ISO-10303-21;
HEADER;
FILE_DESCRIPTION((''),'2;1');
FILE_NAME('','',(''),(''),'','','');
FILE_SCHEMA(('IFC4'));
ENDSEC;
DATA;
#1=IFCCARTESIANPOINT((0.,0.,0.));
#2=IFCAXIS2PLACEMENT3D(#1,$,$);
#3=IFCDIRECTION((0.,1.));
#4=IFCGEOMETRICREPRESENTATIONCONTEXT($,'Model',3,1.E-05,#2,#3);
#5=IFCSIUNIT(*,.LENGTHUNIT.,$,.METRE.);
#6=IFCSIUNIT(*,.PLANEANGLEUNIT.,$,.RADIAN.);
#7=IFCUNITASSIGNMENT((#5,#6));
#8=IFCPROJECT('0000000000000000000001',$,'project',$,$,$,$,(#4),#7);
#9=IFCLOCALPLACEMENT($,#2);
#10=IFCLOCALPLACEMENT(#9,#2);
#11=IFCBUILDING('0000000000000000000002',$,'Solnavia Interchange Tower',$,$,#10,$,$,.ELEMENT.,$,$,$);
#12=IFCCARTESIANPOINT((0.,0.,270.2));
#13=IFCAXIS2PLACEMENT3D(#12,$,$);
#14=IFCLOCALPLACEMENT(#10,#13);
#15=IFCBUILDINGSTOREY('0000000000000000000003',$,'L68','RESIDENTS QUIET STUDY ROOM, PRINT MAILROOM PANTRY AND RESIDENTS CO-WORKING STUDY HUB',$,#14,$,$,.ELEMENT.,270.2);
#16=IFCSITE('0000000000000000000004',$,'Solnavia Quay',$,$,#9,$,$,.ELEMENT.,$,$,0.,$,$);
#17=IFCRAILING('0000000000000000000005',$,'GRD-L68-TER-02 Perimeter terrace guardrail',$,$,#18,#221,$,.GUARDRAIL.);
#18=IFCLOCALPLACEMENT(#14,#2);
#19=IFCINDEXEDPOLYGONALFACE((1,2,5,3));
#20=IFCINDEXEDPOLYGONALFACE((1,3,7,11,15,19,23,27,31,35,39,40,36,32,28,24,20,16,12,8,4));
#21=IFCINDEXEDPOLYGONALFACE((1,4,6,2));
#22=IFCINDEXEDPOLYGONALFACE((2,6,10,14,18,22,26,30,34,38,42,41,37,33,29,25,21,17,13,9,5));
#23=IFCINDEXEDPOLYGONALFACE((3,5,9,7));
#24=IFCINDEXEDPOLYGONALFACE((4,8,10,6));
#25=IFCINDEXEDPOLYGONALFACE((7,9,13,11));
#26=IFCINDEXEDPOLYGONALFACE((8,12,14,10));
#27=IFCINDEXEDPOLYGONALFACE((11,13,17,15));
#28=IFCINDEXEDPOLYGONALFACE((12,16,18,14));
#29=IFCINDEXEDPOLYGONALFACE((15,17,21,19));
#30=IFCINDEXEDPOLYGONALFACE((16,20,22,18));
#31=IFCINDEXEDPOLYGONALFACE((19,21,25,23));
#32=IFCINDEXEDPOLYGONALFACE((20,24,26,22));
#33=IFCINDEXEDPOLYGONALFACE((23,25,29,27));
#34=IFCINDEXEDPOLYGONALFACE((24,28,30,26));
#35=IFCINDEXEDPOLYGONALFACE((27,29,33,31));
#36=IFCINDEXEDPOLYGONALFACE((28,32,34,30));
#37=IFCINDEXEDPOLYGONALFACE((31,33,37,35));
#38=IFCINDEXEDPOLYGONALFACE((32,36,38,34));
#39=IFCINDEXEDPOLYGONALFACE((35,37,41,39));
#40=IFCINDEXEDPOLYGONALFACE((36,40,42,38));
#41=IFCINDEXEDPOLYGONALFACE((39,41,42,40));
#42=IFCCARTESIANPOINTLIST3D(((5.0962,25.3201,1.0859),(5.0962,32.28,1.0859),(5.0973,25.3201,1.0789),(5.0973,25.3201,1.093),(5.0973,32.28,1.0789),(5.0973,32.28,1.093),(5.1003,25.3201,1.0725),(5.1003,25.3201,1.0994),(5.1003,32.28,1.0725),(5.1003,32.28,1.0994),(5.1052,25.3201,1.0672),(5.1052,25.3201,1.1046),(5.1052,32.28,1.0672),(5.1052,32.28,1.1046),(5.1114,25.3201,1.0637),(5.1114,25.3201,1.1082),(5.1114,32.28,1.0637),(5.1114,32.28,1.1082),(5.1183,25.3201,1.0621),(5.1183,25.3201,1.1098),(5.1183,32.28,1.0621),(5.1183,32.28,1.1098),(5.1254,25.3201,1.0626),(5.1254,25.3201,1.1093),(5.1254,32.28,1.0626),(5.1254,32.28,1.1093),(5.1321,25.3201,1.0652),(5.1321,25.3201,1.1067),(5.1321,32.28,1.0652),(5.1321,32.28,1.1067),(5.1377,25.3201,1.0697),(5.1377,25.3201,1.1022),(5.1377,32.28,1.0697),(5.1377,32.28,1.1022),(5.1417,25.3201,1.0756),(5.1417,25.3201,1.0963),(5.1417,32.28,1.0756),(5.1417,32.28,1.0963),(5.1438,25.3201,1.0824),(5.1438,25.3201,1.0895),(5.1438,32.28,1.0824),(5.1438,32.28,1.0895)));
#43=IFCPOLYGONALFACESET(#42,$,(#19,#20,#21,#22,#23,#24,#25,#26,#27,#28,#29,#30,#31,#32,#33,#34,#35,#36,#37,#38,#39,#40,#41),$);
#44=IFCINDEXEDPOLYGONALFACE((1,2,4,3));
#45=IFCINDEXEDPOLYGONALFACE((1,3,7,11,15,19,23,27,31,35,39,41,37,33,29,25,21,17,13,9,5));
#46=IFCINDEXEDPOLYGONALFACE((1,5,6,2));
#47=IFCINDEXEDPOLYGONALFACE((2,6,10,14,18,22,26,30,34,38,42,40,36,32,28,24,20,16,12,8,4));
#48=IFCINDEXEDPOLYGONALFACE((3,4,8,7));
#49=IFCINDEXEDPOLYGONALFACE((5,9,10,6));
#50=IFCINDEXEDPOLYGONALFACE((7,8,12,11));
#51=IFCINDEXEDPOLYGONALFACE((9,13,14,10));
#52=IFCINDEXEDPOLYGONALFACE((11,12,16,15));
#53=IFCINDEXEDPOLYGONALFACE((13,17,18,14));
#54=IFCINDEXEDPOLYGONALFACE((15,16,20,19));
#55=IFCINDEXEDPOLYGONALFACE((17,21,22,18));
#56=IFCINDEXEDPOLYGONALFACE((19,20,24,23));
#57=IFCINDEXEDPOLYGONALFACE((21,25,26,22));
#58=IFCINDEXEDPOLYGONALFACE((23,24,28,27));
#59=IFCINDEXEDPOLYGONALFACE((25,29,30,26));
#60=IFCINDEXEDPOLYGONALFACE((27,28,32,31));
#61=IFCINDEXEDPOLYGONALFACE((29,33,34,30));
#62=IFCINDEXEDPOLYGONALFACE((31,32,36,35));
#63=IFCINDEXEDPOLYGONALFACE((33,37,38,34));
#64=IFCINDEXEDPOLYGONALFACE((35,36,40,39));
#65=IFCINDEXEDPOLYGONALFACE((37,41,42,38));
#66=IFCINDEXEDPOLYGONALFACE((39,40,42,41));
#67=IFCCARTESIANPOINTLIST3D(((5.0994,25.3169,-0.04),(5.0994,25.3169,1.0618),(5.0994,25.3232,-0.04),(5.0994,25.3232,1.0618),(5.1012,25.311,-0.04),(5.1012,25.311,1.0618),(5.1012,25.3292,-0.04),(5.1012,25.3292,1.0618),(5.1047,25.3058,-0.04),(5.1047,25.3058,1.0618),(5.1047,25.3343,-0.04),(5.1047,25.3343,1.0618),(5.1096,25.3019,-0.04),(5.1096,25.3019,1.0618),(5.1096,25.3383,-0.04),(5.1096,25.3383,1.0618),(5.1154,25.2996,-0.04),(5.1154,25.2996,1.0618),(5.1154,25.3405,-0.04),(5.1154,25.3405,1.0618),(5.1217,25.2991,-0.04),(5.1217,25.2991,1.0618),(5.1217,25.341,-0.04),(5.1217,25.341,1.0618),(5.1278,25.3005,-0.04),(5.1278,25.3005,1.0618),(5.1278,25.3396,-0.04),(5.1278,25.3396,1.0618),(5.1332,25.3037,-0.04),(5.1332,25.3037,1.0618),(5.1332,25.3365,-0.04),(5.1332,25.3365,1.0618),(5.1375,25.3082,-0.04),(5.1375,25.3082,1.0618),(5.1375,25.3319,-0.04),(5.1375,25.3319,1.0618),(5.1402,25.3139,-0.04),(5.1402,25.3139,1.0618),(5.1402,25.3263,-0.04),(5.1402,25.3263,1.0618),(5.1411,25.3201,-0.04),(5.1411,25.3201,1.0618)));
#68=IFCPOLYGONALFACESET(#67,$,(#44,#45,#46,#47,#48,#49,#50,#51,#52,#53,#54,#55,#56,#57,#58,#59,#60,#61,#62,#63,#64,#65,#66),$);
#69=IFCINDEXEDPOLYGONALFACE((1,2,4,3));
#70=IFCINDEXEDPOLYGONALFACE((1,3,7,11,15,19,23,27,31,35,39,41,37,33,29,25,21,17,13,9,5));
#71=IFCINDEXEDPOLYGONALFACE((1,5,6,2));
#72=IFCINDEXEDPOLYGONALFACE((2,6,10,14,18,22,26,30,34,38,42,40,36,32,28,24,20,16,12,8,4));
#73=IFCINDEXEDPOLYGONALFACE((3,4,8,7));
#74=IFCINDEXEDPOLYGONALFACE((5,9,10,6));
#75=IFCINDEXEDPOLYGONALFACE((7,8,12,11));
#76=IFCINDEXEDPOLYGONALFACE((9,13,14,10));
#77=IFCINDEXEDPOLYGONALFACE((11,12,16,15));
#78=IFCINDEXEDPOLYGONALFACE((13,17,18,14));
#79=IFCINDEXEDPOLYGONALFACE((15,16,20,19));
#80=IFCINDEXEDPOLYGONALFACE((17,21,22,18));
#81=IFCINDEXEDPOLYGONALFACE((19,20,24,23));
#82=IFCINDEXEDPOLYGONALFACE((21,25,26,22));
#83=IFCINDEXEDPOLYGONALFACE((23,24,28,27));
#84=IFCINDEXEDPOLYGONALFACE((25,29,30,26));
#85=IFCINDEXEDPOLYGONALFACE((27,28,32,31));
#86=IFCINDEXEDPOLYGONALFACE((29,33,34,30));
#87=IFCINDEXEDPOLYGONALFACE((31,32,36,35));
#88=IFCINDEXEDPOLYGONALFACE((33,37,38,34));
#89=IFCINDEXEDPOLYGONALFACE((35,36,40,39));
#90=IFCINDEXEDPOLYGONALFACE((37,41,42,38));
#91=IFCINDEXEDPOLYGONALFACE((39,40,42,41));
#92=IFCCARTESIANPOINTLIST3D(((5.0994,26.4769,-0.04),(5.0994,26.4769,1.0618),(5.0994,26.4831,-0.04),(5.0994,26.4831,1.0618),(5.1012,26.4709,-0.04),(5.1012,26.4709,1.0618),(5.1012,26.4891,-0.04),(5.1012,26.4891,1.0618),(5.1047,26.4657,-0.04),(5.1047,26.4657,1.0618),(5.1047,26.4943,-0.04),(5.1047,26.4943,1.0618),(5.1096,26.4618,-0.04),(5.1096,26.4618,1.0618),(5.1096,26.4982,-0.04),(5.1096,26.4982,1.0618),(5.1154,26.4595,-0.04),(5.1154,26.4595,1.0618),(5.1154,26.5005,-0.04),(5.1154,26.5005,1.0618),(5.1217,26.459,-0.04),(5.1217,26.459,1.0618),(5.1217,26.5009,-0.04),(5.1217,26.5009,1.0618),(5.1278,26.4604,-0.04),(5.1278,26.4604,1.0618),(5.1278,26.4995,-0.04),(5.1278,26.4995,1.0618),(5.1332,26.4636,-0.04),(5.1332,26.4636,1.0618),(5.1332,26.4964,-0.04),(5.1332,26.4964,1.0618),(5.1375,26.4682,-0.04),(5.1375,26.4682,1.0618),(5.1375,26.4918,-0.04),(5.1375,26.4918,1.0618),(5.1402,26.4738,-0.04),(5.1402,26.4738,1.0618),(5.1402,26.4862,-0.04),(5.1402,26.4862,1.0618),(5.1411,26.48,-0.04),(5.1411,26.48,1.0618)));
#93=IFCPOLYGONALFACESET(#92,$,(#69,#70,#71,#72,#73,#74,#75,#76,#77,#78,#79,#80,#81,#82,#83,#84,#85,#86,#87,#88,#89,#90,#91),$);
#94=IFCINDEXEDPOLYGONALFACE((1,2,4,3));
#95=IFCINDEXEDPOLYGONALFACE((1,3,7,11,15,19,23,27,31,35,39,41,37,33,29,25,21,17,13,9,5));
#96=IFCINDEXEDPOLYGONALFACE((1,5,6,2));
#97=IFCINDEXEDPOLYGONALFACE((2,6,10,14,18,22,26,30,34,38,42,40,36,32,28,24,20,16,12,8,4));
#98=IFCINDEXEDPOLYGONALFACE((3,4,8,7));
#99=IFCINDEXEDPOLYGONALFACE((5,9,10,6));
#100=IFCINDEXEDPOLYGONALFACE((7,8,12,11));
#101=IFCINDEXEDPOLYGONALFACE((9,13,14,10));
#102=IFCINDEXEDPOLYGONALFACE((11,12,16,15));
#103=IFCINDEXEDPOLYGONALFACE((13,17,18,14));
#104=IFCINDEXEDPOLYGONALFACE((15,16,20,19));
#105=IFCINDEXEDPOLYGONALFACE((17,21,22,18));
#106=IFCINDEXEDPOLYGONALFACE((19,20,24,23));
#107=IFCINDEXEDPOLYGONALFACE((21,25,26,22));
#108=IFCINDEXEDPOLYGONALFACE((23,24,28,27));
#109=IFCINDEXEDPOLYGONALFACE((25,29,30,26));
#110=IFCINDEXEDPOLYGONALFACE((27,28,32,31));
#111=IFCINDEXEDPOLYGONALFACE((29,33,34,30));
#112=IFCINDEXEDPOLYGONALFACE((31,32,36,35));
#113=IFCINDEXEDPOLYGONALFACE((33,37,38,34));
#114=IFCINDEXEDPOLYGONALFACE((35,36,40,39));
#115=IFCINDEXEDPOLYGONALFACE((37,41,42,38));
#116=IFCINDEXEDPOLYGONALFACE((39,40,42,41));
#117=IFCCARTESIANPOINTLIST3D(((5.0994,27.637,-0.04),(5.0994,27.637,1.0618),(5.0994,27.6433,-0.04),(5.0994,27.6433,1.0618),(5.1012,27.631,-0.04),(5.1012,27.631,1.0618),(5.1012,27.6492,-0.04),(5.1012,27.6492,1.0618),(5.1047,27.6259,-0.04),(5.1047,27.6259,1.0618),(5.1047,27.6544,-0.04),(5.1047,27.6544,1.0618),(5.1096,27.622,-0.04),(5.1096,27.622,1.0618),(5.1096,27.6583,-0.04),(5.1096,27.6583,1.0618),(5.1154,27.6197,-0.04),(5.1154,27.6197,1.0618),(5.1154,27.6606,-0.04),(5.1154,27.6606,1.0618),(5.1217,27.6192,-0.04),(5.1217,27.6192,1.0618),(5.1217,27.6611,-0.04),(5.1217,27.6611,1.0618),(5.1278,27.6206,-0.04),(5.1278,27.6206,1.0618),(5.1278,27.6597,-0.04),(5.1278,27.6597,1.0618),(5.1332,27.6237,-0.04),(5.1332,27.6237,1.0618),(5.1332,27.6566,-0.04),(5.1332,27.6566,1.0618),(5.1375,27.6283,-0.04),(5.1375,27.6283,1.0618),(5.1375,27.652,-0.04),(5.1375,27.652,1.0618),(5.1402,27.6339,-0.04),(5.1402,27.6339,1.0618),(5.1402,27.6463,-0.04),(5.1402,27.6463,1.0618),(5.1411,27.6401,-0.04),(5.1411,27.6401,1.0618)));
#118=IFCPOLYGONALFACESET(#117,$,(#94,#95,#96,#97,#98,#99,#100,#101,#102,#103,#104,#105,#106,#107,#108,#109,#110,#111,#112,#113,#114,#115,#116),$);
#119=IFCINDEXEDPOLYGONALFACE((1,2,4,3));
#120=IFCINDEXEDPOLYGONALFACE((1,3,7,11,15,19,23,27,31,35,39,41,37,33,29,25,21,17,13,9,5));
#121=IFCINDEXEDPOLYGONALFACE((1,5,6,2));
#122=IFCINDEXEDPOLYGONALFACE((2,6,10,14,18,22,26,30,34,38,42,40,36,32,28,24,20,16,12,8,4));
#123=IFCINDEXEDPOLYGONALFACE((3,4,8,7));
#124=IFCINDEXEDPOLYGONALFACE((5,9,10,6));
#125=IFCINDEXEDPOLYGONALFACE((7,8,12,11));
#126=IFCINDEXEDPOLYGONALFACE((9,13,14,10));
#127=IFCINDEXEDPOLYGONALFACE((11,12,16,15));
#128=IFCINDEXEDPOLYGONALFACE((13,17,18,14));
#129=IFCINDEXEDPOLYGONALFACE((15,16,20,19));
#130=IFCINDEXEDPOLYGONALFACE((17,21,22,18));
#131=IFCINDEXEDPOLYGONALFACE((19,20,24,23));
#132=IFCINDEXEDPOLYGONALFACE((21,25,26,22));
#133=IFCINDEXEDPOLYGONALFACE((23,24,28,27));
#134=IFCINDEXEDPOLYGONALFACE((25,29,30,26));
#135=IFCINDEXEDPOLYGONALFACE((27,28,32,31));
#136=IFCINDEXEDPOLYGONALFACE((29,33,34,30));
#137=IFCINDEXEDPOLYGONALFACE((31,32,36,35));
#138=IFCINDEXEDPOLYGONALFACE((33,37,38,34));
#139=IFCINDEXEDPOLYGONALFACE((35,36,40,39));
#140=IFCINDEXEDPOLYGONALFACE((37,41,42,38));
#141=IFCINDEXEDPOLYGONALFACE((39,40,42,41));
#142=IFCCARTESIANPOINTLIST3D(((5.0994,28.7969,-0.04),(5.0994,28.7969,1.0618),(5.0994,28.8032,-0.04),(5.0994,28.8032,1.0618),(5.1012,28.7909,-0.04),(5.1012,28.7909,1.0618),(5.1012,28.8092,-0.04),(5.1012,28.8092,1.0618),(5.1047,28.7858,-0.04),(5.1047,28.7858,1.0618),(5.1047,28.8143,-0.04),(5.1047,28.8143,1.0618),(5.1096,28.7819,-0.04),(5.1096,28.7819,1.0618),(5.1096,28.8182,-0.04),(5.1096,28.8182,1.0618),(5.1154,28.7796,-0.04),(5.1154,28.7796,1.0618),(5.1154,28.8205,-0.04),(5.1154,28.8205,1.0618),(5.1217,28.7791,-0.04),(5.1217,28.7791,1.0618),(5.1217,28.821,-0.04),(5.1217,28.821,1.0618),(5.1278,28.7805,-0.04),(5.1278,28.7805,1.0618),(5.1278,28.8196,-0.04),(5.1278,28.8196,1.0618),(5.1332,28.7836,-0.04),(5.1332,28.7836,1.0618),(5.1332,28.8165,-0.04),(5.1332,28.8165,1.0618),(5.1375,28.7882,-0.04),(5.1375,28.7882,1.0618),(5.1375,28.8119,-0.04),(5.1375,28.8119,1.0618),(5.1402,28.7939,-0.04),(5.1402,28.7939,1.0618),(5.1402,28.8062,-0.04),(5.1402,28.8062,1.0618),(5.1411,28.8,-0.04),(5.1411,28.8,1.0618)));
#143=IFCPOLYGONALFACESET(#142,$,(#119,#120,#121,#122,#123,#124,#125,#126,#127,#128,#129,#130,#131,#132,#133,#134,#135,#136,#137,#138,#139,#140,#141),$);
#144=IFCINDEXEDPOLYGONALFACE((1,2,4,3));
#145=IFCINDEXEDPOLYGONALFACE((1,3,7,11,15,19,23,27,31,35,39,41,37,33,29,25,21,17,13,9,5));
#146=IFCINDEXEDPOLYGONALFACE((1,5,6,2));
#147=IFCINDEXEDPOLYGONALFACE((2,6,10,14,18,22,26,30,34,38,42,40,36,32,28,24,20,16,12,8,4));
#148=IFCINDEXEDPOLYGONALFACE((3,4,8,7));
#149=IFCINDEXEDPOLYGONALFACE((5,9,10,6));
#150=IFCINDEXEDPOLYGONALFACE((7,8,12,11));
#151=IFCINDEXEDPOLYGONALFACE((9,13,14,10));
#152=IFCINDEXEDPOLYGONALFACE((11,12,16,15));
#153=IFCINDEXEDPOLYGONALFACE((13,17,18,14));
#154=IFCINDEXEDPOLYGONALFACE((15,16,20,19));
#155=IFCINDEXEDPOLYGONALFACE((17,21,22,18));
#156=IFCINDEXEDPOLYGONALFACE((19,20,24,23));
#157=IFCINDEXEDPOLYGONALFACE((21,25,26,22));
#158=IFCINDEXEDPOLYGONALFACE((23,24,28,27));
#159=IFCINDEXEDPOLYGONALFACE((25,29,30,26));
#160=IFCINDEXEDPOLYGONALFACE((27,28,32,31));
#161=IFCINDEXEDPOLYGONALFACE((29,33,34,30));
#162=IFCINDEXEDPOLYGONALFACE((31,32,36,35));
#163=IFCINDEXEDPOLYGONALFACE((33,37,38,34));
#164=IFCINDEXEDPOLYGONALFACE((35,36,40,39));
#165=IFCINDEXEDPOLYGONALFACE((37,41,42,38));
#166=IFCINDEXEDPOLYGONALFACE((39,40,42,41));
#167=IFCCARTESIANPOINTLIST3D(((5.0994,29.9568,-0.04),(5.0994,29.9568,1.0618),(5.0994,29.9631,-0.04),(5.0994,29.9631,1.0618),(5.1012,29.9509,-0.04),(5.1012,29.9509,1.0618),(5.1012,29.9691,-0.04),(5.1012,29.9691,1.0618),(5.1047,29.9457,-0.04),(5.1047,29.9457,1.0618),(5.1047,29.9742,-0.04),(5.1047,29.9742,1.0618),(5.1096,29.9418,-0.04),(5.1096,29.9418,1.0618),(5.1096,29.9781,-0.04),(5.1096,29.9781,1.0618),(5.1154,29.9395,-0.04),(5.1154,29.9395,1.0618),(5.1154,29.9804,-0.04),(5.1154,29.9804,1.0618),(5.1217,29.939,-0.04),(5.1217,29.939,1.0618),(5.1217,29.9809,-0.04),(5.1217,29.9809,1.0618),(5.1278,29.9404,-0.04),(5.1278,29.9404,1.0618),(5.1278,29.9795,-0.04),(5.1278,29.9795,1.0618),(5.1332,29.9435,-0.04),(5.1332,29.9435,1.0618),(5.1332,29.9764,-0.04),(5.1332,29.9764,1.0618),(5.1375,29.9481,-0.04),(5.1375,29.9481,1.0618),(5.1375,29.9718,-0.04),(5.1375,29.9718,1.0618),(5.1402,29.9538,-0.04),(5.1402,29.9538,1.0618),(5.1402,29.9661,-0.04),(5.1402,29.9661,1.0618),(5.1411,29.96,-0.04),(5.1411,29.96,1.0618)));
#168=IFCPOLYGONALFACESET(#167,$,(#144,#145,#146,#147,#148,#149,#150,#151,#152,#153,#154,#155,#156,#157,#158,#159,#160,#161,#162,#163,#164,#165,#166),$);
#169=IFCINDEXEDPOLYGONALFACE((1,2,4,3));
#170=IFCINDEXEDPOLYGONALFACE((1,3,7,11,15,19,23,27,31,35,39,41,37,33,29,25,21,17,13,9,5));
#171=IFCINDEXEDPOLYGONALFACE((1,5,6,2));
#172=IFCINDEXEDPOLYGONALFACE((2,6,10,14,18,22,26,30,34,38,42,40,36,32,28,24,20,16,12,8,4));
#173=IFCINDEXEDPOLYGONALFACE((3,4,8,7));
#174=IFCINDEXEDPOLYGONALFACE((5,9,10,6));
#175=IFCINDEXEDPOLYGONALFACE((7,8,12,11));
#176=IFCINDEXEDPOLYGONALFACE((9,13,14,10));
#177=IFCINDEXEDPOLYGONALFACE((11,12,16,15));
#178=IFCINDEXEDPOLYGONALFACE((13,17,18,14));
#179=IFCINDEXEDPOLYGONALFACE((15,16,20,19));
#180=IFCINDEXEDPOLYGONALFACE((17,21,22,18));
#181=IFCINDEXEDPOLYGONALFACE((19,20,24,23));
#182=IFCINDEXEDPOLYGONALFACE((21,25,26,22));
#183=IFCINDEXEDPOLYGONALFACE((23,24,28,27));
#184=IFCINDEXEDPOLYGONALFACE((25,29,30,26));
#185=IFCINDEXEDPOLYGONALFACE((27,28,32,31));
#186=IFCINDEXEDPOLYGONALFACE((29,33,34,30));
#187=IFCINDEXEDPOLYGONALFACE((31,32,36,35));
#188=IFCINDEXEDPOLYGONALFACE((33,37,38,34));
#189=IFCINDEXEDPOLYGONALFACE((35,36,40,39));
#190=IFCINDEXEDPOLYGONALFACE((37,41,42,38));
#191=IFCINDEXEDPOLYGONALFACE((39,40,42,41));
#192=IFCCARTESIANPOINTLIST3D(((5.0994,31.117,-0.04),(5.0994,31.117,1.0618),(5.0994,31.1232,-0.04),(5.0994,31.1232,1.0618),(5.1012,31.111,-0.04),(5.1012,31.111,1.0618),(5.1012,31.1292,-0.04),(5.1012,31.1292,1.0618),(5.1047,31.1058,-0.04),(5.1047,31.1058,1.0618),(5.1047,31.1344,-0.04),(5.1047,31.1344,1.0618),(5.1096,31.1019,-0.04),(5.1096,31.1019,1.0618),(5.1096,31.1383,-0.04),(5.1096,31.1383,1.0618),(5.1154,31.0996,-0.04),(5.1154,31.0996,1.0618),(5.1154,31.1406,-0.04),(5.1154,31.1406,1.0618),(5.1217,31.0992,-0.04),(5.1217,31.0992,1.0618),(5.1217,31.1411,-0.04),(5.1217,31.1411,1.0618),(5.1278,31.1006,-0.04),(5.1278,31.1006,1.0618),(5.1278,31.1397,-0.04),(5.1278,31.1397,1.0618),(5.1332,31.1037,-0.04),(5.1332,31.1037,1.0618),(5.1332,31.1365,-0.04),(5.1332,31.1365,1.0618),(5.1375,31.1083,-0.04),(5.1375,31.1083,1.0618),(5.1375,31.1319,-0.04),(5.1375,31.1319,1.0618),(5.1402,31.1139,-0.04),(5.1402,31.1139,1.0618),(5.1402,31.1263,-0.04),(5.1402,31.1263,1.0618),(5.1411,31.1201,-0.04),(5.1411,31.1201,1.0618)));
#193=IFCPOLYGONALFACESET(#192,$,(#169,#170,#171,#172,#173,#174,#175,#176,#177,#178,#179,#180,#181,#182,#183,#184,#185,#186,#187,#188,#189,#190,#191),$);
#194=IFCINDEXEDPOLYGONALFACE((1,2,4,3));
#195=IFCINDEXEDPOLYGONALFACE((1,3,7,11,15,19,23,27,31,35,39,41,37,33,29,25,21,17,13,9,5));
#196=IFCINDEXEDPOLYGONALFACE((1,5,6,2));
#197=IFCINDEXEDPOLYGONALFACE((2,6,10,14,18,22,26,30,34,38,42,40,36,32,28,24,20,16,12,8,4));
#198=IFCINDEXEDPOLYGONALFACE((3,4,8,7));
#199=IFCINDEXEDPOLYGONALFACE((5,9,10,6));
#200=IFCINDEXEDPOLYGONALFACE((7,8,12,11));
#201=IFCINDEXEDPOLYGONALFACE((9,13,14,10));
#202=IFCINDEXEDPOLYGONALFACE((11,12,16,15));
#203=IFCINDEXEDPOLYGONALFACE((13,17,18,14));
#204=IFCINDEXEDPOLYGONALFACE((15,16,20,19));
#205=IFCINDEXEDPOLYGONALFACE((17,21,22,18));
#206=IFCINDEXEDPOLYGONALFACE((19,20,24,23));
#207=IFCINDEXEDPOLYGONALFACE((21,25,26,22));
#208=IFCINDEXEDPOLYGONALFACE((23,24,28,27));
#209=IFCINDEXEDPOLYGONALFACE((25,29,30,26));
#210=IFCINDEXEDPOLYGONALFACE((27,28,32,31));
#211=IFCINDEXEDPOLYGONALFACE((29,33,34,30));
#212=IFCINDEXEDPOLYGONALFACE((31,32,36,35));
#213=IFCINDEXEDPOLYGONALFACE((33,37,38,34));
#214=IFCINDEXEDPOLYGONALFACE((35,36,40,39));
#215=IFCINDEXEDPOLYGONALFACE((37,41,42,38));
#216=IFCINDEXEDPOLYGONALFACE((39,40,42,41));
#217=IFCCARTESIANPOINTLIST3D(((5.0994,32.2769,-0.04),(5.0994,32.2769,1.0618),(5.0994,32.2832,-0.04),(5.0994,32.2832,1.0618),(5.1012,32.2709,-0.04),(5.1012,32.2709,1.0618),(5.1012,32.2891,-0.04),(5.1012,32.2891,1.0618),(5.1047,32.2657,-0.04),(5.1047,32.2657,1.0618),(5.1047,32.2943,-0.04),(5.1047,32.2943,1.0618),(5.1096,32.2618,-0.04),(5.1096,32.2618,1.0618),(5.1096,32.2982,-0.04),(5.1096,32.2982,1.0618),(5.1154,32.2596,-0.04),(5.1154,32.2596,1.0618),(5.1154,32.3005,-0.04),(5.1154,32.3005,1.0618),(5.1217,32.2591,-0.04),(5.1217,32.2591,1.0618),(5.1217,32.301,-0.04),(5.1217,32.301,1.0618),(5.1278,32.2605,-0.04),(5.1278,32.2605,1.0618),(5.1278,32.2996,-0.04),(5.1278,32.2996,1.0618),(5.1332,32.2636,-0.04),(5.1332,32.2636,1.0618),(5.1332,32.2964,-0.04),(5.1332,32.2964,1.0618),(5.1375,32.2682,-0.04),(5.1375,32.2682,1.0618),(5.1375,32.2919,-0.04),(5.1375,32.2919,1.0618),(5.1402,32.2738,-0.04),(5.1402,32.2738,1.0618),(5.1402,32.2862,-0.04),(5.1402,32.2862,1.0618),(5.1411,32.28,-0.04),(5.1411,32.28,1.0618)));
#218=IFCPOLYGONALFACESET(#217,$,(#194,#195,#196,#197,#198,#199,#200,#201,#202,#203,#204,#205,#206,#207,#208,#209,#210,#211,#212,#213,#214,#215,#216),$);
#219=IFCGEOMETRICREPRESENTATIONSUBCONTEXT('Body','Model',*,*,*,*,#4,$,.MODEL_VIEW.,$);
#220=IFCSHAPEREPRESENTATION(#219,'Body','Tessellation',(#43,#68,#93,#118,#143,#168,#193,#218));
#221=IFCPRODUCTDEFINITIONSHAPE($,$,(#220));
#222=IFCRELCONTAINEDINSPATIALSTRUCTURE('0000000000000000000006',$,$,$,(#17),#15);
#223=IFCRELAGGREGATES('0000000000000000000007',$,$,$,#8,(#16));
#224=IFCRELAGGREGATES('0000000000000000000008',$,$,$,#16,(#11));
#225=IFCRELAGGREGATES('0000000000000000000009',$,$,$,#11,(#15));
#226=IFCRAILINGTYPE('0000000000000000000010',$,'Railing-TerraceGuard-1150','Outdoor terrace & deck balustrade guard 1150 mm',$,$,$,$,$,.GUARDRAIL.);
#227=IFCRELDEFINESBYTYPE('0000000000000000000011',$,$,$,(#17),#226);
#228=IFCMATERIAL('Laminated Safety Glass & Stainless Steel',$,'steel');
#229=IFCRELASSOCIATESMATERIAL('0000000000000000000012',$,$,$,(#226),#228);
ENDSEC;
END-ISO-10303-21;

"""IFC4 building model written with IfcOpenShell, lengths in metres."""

from ifc_helpers import new_model, si_unit, direction, frame, origin, origin_2d, place, context, subcontext, project, spatial, circle, extrude, material, type_object, element, save


model = new_model("IFC4")

# Units and contexts
model_context = context("Model", 3, precision=1e-05, world=origin(), true_north=direction((0.0, 1.0)))
body_context = subcontext(model_context, "Body", "Model", "MODEL_VIEW")
ifc_project = project(units=[si_unit("LENGTHUNIT", "METRE"), si_unit("PLANEANGLEUNIT", "RADIAN")], contexts=[model_context])

# Site, building, storey
site_placement = place(None, origin())
site = spatial("IfcSite", under=ifc_project, at=site_placement, Name="Solnavia Quay", CompositionType="ELEMENT", RefElevation=0.0)
building_placement = place(site_placement, origin())
building = spatial("IfcBuilding", under=site, at=building_placement, Name="Solnavia Interchange Tower", CompositionType="ELEMENT")
storey_placement = place(building_placement, frame((0.0, 0.0, 270.2)))
storey = spatial("IfcBuildingStorey", under=building, at=storey_placement, Name="L68", Description="RESIDENTS QUIET STUDY ROOM, PRINT MAILROOM PANTRY AND RESIDENTS CO-WORKING STUDY HUB", CompositionType="ELEMENT", Elevation=270.2)

# Railing
ifc_material_1 = material(Name="Laminated Safety Glass & Stainless Steel", Category="steel")
railing_type = type_object("IfcRailingType", Name="Railing-TerraceGuard-1150", Description="Outdoor terrace & deck balustrade guard 1150 mm", PredefinedType="GUARDRAIL", material=ifc_material_1)
railing_1_placement = place(storey_placement, frame((5.1201, 25.3201, -0.04)))
element("IfcRailing", 1, at=railing_1_placement, inside=storey, type_object=railing_type, Name="GRD-L68-TER-02 Perimeter terrace guardrail", PredefinedType="GUARDRAIL", context=body_context, shape_type="SweptSolid", body=[
    extrude(circle(Radius=0.0239, at=origin_2d()), frame((0.0, 0.0, 1.126), z_axis=(0.0, 1.0, 0.0), x_axis=(-1.0, 0.0, 0.0)), (0.0, 0.0, 1.0), 6.96),
    extrude(circle(Radius=0.021, at=origin_2d()), origin(), (0.0, 0.0, 1.0), 1.1018),
    extrude(circle(Radius=0.021, at=origin_2d()), frame((0.0, 1.1599, 0.0)), (0.0, 0.0, 1.0), 1.1018),
    extrude(circle(Radius=0.021, at=origin_2d()), frame((0.0, 2.3201, 0.0)), (0.0, 0.0, 1.0), 1.1018),
    extrude(circle(Radius=0.021, at=origin_2d()), frame((0.0, 3.48, 0.0)), (0.0, 0.0, 1.0), 1.1018),
    extrude(circle(Radius=0.021, at=origin_2d()), frame((0.0, 4.6399, 0.0)), (0.0, 0.0, 1.0), 1.1018),
    extrude(circle(Radius=0.021, at=origin_2d()), frame((0.0, 5.8, 0.0)), (0.0, 0.0, 1.0), 1.1018),
    extrude(circle(Radius=0.021, at=origin_2d()), frame((0.0, 6.96, 0.0)), (0.0, 0.0, 1.0), 1.1018),
])

save(model, "model.ifc")
